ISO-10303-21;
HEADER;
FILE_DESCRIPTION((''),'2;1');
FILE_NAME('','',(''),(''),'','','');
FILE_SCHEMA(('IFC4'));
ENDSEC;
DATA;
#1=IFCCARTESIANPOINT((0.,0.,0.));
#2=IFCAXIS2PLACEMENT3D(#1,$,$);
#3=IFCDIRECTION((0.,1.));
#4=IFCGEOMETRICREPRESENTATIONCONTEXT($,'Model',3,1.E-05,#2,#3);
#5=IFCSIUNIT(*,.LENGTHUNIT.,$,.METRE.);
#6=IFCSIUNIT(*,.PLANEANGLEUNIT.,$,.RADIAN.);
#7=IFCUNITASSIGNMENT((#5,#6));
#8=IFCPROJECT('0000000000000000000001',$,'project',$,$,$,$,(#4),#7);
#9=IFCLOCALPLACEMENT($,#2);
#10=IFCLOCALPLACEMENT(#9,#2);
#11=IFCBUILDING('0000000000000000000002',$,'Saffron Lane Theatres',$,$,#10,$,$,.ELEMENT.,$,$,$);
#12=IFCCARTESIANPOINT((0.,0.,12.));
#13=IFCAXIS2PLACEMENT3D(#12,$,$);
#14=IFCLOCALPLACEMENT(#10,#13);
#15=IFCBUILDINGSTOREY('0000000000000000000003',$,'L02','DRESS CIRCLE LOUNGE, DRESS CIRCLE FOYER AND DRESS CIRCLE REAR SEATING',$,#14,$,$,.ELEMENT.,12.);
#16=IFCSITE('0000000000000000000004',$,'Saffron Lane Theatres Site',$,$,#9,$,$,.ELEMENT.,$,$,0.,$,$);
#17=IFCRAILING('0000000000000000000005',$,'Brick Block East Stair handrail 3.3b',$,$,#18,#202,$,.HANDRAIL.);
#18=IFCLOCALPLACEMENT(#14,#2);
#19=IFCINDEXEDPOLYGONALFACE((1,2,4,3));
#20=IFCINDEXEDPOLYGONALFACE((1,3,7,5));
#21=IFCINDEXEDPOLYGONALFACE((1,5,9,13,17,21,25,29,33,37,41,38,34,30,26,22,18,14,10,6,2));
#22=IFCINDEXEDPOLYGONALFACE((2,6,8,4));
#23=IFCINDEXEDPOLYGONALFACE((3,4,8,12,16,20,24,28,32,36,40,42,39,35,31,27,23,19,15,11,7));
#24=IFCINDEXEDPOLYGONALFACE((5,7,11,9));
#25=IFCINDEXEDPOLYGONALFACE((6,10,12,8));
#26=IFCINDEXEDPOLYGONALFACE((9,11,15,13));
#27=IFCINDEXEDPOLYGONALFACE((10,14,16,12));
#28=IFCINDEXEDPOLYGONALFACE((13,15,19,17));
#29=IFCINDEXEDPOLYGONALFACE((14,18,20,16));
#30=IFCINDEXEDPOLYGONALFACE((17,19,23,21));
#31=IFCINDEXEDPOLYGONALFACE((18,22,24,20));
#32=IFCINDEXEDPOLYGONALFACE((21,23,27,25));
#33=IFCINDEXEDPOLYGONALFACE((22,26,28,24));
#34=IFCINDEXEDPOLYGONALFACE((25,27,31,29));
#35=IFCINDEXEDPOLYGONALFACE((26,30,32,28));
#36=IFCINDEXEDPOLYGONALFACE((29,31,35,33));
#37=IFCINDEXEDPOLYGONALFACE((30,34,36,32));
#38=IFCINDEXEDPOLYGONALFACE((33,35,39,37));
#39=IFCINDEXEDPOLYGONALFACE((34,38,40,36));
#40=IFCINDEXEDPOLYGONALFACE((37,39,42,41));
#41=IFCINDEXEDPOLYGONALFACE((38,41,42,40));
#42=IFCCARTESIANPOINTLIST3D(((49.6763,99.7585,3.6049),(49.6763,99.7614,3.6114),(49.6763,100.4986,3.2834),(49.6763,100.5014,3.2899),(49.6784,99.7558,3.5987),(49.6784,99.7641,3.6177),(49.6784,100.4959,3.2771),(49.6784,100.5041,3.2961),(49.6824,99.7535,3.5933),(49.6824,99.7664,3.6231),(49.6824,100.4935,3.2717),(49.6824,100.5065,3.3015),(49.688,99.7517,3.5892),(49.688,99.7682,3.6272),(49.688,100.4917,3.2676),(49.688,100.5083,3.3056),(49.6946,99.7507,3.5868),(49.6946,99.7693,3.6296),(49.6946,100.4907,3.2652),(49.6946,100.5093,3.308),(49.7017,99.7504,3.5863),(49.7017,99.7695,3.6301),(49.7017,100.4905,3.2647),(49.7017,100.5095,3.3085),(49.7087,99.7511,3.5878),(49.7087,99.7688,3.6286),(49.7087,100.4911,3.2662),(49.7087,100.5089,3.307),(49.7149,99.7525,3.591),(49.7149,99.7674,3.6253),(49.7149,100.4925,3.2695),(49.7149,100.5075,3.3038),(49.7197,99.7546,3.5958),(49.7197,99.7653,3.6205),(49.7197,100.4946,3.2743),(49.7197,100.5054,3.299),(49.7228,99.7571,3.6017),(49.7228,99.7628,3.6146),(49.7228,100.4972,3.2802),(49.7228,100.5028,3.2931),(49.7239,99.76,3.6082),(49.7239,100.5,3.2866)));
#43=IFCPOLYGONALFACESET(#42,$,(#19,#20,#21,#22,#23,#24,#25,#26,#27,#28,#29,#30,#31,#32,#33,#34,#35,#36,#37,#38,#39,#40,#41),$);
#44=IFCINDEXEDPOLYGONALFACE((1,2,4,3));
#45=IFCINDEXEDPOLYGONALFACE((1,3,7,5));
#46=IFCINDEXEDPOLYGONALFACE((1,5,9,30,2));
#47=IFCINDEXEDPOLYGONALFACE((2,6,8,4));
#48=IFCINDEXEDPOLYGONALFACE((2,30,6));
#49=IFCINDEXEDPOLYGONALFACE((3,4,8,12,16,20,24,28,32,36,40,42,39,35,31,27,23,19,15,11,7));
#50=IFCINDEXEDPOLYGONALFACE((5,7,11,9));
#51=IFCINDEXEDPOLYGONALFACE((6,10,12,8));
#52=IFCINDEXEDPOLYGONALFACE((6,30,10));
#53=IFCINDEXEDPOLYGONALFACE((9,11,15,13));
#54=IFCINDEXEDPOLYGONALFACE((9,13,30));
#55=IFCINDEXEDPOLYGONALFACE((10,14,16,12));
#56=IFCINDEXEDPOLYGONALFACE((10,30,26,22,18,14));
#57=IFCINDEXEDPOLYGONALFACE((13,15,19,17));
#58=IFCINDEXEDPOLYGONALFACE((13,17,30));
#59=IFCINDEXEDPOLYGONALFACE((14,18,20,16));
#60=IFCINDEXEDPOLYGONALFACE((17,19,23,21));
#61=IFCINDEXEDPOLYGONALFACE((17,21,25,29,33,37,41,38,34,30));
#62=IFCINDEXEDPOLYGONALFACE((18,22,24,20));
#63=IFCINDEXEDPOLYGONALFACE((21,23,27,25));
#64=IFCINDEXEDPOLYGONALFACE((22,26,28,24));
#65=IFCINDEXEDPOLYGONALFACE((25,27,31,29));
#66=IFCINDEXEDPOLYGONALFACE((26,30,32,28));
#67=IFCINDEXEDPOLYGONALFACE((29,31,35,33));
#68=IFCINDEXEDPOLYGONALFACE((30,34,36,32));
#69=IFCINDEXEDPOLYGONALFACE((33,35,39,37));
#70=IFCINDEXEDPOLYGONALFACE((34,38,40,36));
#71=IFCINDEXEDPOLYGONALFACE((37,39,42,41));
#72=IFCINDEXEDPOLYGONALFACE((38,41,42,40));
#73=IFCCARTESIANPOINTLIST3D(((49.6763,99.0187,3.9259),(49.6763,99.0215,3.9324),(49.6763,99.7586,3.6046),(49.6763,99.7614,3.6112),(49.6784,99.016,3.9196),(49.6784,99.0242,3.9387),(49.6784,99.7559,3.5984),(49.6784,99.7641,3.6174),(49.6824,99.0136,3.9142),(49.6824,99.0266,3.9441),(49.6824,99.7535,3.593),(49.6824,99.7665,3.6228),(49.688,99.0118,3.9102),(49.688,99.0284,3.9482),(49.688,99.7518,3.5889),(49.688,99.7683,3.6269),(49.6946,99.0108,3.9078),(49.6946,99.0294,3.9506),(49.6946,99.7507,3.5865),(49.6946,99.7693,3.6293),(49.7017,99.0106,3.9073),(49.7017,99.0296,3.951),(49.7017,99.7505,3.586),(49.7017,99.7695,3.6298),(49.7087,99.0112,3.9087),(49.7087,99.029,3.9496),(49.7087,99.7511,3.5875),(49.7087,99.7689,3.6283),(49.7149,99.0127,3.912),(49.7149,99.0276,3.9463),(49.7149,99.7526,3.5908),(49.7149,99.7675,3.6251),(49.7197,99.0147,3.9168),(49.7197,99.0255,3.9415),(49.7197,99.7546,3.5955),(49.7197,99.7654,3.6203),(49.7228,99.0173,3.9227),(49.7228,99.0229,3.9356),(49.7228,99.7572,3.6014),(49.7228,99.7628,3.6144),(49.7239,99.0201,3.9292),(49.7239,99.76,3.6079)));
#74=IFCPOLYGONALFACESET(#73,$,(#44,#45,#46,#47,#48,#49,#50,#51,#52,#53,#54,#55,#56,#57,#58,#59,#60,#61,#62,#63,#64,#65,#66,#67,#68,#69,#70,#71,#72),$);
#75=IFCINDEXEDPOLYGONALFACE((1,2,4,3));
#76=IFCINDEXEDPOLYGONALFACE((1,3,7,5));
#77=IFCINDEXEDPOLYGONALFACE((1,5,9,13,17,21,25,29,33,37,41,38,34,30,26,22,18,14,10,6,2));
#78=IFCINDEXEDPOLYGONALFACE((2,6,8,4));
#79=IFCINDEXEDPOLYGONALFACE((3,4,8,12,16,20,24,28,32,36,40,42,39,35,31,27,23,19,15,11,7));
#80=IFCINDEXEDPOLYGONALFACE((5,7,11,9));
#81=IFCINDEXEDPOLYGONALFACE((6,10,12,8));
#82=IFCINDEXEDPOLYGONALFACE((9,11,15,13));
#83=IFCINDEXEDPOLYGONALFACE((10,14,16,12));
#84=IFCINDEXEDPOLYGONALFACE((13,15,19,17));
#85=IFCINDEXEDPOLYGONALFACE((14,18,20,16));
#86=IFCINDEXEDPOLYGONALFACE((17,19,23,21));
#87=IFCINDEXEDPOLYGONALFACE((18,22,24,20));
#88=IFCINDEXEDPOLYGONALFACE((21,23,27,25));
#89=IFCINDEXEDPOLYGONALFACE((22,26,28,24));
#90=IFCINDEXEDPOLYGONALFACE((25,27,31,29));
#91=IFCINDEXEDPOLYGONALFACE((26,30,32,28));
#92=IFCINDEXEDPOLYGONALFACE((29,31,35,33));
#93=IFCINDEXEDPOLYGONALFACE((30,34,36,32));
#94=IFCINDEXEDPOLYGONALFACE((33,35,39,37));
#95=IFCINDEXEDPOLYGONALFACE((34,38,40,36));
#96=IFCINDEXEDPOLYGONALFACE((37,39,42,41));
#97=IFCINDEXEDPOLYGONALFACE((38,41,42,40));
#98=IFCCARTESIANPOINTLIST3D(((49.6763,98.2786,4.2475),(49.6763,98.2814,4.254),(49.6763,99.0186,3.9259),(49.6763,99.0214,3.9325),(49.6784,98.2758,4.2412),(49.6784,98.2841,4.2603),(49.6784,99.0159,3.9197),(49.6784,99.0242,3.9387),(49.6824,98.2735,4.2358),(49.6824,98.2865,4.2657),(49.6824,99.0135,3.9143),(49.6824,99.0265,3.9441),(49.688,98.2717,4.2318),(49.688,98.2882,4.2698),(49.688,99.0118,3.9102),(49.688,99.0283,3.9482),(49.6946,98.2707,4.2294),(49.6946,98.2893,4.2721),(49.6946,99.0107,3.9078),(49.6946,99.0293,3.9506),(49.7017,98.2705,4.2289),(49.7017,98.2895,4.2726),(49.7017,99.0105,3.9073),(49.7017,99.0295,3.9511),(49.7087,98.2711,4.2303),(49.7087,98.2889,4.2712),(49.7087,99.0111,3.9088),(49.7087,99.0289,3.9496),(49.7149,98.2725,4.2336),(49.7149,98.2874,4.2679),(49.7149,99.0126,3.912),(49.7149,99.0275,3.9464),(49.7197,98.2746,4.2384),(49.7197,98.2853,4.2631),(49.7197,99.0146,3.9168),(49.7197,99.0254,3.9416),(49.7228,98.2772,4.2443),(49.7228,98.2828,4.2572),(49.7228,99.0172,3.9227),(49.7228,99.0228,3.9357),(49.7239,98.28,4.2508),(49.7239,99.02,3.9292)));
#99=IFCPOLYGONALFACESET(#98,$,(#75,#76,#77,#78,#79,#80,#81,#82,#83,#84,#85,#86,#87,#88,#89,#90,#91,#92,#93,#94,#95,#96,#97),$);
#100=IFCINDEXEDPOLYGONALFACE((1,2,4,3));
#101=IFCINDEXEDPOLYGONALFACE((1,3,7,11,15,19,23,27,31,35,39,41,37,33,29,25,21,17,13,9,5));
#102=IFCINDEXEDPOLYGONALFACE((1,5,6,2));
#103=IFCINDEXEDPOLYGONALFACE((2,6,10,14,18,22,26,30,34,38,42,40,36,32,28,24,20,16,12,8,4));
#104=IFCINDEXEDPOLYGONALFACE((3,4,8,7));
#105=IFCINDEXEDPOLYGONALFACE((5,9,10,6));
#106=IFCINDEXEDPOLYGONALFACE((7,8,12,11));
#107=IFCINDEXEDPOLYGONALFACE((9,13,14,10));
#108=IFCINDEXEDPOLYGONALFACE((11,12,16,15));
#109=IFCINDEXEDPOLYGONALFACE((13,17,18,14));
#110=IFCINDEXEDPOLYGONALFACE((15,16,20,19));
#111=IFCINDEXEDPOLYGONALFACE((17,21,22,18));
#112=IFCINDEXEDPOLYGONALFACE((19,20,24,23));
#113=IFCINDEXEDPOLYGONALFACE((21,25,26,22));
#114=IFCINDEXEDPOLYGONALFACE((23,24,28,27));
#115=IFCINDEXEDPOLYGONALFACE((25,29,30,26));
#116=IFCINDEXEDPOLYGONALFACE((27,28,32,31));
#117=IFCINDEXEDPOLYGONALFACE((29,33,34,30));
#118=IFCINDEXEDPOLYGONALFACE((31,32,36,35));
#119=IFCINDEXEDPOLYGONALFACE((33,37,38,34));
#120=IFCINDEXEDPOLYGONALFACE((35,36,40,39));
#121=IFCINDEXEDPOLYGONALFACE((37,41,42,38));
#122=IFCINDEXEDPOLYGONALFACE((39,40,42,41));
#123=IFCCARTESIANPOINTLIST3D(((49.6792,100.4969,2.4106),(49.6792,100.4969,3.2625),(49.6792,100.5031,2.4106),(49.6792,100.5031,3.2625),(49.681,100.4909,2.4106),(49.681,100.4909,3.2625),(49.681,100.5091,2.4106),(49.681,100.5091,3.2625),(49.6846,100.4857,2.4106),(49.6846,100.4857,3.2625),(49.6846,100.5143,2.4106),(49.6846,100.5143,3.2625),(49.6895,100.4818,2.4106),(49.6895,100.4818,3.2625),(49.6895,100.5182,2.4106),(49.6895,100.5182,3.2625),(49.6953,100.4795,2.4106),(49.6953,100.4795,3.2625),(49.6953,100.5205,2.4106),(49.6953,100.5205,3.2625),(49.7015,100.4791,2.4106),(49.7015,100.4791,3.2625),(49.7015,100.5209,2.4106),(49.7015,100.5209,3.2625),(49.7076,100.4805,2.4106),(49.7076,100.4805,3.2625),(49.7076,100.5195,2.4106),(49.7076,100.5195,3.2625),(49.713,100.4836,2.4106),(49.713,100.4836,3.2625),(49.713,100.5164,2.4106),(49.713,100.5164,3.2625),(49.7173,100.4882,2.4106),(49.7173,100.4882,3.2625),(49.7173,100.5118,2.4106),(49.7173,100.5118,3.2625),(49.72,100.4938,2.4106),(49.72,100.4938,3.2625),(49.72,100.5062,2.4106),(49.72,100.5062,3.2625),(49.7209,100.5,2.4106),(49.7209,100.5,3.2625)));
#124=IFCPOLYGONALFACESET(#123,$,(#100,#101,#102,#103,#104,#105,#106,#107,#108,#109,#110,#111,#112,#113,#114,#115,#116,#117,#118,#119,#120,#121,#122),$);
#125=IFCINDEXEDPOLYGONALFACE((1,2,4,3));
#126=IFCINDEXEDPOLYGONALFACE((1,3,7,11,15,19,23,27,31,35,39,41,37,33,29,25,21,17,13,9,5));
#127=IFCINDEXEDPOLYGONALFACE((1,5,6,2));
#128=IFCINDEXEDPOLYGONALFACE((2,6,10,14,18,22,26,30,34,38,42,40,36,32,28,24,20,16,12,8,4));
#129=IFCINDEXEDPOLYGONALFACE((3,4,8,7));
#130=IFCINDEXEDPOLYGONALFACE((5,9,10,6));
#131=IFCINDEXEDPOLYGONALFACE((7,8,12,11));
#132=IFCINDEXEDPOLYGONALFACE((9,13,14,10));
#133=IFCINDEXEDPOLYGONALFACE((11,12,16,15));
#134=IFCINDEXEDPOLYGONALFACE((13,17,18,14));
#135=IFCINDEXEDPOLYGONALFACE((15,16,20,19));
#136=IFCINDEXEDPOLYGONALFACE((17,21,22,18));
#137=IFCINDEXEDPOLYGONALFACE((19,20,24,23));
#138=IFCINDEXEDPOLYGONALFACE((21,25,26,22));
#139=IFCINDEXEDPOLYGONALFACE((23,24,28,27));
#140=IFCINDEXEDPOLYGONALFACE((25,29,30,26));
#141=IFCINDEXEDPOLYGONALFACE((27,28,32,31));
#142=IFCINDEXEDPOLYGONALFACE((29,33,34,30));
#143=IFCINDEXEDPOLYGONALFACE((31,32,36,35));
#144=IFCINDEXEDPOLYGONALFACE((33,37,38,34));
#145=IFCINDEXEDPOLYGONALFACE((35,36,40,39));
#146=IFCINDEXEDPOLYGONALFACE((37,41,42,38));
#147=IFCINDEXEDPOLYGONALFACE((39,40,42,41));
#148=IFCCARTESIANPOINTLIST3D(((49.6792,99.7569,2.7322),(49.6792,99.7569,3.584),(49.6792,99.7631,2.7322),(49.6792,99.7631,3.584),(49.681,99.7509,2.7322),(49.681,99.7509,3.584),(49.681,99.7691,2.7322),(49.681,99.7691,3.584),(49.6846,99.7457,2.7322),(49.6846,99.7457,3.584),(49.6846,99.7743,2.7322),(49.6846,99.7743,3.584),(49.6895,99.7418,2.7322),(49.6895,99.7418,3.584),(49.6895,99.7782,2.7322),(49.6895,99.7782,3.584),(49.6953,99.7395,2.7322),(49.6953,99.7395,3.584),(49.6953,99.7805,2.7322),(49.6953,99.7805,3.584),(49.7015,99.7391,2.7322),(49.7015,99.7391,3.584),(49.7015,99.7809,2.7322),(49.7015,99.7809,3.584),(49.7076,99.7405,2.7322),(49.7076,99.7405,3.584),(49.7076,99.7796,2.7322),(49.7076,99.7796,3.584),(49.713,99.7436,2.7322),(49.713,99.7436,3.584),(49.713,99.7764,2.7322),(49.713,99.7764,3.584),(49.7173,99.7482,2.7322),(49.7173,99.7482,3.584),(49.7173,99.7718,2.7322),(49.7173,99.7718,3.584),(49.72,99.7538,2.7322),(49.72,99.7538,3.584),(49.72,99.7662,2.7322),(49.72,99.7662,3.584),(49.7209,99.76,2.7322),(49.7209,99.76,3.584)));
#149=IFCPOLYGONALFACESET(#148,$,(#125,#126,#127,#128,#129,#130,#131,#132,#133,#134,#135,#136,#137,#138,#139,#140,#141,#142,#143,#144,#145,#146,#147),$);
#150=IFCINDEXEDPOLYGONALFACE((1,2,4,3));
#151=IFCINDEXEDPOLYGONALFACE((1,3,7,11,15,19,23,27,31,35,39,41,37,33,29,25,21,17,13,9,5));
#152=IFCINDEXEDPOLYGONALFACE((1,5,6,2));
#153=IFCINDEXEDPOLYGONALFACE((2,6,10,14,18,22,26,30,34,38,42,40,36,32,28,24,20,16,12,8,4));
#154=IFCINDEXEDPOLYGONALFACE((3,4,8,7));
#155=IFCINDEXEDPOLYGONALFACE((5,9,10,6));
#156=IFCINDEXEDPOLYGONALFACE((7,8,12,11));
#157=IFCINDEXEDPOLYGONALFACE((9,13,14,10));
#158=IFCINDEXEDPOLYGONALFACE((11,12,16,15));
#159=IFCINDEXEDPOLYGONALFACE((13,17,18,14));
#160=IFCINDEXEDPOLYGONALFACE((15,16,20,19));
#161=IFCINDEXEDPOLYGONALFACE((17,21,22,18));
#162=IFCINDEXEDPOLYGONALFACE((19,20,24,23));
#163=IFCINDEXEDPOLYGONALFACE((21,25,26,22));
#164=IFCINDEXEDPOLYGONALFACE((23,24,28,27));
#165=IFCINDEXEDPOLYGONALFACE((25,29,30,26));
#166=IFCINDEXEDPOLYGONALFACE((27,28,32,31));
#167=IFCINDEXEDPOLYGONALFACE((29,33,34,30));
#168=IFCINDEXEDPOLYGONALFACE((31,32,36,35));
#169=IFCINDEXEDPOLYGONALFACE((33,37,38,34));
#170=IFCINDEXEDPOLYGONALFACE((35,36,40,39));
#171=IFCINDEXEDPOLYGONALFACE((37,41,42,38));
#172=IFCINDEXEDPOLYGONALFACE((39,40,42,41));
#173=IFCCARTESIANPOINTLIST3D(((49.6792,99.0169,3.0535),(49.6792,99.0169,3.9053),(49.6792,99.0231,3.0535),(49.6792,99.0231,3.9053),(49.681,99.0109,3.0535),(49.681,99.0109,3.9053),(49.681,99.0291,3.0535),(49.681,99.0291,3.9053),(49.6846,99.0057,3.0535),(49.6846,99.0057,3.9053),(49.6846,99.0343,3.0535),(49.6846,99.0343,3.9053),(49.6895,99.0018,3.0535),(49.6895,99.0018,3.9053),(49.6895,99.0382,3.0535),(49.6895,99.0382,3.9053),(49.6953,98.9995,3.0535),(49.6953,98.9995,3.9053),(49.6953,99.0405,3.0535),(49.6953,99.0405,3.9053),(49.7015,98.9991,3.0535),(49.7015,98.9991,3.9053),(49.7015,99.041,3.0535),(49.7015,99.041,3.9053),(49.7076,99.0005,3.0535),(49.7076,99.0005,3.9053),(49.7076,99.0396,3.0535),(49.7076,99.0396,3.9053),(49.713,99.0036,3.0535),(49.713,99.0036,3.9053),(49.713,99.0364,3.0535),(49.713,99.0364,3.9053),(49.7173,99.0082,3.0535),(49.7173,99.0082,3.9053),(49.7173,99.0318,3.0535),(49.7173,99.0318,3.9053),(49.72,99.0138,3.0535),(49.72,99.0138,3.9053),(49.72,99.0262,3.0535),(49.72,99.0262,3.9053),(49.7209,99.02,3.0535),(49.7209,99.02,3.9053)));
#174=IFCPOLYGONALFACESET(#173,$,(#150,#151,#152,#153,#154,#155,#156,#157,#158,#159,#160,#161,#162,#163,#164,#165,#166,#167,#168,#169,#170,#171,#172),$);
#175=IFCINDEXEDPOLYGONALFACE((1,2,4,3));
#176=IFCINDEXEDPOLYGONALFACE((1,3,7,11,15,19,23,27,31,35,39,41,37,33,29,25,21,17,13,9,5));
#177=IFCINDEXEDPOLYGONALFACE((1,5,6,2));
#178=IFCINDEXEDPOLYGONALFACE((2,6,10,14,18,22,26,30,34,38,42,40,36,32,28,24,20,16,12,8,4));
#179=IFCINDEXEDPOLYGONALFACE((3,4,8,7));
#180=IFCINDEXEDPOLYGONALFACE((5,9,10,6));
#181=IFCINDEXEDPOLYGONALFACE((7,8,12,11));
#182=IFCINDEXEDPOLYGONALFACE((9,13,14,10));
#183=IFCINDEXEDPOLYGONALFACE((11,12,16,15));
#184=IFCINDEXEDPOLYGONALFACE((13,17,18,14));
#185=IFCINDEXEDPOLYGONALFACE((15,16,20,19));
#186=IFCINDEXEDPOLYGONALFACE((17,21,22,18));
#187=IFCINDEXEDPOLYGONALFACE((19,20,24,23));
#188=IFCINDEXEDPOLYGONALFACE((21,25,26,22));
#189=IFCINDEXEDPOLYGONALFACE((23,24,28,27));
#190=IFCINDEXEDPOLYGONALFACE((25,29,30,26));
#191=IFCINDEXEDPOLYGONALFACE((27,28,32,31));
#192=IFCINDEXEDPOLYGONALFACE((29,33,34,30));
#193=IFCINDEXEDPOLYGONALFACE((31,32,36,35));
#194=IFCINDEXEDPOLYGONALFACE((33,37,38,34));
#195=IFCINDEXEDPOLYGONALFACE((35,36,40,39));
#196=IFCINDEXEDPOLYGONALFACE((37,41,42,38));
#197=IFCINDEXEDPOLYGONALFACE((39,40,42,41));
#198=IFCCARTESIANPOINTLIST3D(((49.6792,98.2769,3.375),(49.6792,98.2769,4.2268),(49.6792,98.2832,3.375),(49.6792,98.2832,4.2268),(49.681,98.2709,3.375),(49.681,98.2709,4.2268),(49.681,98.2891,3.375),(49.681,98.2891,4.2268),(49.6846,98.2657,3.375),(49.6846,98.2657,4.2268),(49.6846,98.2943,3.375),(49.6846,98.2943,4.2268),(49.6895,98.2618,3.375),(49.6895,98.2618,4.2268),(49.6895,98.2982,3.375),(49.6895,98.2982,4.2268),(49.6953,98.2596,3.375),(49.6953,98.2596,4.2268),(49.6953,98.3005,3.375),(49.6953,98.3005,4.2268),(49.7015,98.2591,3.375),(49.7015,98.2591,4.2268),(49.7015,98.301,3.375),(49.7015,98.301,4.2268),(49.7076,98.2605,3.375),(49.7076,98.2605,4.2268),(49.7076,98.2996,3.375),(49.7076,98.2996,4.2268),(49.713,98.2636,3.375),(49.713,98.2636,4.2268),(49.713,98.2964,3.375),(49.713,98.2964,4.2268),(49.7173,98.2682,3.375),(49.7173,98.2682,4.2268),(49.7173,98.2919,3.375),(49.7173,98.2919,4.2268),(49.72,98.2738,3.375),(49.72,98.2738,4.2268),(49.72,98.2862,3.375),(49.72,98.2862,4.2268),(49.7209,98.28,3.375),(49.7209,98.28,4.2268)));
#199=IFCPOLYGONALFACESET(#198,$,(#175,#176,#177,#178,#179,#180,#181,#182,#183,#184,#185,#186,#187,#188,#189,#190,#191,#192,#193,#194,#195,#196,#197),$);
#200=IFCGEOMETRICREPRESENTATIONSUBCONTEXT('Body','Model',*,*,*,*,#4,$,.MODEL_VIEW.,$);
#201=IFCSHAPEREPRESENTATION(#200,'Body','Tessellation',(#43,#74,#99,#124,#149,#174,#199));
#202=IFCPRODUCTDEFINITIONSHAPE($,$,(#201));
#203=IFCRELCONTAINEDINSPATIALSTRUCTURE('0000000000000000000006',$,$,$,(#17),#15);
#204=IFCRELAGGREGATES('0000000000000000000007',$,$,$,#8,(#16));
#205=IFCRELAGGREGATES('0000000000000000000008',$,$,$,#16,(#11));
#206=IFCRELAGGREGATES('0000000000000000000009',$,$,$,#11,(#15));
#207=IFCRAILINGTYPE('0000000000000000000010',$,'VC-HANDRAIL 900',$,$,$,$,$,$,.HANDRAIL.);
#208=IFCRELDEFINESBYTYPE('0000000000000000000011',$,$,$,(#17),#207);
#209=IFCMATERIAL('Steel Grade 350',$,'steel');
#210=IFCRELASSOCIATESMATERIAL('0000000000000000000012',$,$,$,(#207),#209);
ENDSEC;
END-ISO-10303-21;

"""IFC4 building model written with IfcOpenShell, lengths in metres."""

from ifc_helpers import new_model, si_unit, direction, frame, origin, origin_2d, place, context, subcontext, project, spatial, circle, extrude, material, type_object, element, save


model = new_model("IFC4")

# Units and contexts
model_context = context("Model", 3, precision=1e-05, world=origin(), true_north=direction((0.0, 1.0)))
body_context = subcontext(model_context, "Body", "Model", "MODEL_VIEW")
ifc_project = project(units=[si_unit("LENGTHUNIT", "METRE"), si_unit("PLANEANGLEUNIT", "RADIAN")], contexts=[model_context])

# Site, building, storey
site_placement = place(None, origin())
site = spatial("IfcSite", under=ifc_project, at=site_placement, Name="Saffron Lane Theatres Site", CompositionType="ELEMENT", RefElevation=0.0)
building_placement = place(site_placement, origin())
building = spatial("IfcBuilding", under=site, at=building_placement, Name="Saffron Lane Theatres", CompositionType="ELEMENT")
storey_placement = place(building_placement, frame((0.0, 0.0, 12.0)))
storey = spatial("IfcBuildingStorey", under=building, at=storey_placement, Name="L02", Description="DRESS CIRCLE LOUNGE, DRESS CIRCLE FOYER AND DRESS CIRCLE REAR SEATING", CompositionType="ELEMENT", Elevation=12.0)

# Railing
ifc_material_1 = material(Name="Steel Grade 350", Category="steel")
railing_type_1 = type_object("IfcRailingType", Name="VC-HANDRAIL 900", PredefinedType="HANDRAIL", material=ifc_material_1)
for number, where, name in (
    (1, (49.7, 100.5, 2.4106), "Brick Block East Stair handrail 3.3b"),
):
    element("IfcRailing", number, at=place(storey_placement, frame(where)), inside=storey, type_object=railing_type_1, Name=name, PredefinedType="HANDRAIL", context=body_context, shape_type="SweptSolid", body=[
        extrude(circle(Radius=0.0239, at=origin_2d()), frame((0.0, 0.0, 0.876), z_axis=(0.0, -0.917161, 0.398516), x_axis=(1.0, 0.0, 0.0)), (0.0, 0.0, 1.0), 0.8069),
        extrude(circle(Radius=0.0239, at=origin_2d()), frame((0.0, -0.74, 1.1973), z_axis=(0.0, -0.917272, 0.398261), x_axis=(1.0, 0.0, 0.0)), (0.0, 0.0, 1.0), 0.8066),
        extrude(circle(Radius=0.0239, at=origin_2d()), frame((0.0, -1.48, 1.5186), z_axis=(0.0, -0.917161, 0.398516), x_axis=(1.0, 0.0, 0.0)), (0.0, 0.0, 1.0), 0.8069),
        extrude(circle(Radius=0.021, at=origin_2d()), origin(), (0.0, 0.0, 1.0), 0.8518),
        extrude(circle(Radius=0.021, at=origin_2d()), frame((0.0, -0.74, 0.3215)), (0.0, 0.0, 1.0), 0.8518),
        extrude(circle(Radius=0.021, at=origin_2d()), frame((0.0, -1.48, 0.6428)), (0.0, 0.0, 1.0), 0.8518),
        extrude(circle(Radius=0.021, at=origin_2d()), frame((0.0, -2.22, 0.9644)), (0.0, 0.0, 1.0), 0.8518),
    ])

save(model, "model.ifc")
